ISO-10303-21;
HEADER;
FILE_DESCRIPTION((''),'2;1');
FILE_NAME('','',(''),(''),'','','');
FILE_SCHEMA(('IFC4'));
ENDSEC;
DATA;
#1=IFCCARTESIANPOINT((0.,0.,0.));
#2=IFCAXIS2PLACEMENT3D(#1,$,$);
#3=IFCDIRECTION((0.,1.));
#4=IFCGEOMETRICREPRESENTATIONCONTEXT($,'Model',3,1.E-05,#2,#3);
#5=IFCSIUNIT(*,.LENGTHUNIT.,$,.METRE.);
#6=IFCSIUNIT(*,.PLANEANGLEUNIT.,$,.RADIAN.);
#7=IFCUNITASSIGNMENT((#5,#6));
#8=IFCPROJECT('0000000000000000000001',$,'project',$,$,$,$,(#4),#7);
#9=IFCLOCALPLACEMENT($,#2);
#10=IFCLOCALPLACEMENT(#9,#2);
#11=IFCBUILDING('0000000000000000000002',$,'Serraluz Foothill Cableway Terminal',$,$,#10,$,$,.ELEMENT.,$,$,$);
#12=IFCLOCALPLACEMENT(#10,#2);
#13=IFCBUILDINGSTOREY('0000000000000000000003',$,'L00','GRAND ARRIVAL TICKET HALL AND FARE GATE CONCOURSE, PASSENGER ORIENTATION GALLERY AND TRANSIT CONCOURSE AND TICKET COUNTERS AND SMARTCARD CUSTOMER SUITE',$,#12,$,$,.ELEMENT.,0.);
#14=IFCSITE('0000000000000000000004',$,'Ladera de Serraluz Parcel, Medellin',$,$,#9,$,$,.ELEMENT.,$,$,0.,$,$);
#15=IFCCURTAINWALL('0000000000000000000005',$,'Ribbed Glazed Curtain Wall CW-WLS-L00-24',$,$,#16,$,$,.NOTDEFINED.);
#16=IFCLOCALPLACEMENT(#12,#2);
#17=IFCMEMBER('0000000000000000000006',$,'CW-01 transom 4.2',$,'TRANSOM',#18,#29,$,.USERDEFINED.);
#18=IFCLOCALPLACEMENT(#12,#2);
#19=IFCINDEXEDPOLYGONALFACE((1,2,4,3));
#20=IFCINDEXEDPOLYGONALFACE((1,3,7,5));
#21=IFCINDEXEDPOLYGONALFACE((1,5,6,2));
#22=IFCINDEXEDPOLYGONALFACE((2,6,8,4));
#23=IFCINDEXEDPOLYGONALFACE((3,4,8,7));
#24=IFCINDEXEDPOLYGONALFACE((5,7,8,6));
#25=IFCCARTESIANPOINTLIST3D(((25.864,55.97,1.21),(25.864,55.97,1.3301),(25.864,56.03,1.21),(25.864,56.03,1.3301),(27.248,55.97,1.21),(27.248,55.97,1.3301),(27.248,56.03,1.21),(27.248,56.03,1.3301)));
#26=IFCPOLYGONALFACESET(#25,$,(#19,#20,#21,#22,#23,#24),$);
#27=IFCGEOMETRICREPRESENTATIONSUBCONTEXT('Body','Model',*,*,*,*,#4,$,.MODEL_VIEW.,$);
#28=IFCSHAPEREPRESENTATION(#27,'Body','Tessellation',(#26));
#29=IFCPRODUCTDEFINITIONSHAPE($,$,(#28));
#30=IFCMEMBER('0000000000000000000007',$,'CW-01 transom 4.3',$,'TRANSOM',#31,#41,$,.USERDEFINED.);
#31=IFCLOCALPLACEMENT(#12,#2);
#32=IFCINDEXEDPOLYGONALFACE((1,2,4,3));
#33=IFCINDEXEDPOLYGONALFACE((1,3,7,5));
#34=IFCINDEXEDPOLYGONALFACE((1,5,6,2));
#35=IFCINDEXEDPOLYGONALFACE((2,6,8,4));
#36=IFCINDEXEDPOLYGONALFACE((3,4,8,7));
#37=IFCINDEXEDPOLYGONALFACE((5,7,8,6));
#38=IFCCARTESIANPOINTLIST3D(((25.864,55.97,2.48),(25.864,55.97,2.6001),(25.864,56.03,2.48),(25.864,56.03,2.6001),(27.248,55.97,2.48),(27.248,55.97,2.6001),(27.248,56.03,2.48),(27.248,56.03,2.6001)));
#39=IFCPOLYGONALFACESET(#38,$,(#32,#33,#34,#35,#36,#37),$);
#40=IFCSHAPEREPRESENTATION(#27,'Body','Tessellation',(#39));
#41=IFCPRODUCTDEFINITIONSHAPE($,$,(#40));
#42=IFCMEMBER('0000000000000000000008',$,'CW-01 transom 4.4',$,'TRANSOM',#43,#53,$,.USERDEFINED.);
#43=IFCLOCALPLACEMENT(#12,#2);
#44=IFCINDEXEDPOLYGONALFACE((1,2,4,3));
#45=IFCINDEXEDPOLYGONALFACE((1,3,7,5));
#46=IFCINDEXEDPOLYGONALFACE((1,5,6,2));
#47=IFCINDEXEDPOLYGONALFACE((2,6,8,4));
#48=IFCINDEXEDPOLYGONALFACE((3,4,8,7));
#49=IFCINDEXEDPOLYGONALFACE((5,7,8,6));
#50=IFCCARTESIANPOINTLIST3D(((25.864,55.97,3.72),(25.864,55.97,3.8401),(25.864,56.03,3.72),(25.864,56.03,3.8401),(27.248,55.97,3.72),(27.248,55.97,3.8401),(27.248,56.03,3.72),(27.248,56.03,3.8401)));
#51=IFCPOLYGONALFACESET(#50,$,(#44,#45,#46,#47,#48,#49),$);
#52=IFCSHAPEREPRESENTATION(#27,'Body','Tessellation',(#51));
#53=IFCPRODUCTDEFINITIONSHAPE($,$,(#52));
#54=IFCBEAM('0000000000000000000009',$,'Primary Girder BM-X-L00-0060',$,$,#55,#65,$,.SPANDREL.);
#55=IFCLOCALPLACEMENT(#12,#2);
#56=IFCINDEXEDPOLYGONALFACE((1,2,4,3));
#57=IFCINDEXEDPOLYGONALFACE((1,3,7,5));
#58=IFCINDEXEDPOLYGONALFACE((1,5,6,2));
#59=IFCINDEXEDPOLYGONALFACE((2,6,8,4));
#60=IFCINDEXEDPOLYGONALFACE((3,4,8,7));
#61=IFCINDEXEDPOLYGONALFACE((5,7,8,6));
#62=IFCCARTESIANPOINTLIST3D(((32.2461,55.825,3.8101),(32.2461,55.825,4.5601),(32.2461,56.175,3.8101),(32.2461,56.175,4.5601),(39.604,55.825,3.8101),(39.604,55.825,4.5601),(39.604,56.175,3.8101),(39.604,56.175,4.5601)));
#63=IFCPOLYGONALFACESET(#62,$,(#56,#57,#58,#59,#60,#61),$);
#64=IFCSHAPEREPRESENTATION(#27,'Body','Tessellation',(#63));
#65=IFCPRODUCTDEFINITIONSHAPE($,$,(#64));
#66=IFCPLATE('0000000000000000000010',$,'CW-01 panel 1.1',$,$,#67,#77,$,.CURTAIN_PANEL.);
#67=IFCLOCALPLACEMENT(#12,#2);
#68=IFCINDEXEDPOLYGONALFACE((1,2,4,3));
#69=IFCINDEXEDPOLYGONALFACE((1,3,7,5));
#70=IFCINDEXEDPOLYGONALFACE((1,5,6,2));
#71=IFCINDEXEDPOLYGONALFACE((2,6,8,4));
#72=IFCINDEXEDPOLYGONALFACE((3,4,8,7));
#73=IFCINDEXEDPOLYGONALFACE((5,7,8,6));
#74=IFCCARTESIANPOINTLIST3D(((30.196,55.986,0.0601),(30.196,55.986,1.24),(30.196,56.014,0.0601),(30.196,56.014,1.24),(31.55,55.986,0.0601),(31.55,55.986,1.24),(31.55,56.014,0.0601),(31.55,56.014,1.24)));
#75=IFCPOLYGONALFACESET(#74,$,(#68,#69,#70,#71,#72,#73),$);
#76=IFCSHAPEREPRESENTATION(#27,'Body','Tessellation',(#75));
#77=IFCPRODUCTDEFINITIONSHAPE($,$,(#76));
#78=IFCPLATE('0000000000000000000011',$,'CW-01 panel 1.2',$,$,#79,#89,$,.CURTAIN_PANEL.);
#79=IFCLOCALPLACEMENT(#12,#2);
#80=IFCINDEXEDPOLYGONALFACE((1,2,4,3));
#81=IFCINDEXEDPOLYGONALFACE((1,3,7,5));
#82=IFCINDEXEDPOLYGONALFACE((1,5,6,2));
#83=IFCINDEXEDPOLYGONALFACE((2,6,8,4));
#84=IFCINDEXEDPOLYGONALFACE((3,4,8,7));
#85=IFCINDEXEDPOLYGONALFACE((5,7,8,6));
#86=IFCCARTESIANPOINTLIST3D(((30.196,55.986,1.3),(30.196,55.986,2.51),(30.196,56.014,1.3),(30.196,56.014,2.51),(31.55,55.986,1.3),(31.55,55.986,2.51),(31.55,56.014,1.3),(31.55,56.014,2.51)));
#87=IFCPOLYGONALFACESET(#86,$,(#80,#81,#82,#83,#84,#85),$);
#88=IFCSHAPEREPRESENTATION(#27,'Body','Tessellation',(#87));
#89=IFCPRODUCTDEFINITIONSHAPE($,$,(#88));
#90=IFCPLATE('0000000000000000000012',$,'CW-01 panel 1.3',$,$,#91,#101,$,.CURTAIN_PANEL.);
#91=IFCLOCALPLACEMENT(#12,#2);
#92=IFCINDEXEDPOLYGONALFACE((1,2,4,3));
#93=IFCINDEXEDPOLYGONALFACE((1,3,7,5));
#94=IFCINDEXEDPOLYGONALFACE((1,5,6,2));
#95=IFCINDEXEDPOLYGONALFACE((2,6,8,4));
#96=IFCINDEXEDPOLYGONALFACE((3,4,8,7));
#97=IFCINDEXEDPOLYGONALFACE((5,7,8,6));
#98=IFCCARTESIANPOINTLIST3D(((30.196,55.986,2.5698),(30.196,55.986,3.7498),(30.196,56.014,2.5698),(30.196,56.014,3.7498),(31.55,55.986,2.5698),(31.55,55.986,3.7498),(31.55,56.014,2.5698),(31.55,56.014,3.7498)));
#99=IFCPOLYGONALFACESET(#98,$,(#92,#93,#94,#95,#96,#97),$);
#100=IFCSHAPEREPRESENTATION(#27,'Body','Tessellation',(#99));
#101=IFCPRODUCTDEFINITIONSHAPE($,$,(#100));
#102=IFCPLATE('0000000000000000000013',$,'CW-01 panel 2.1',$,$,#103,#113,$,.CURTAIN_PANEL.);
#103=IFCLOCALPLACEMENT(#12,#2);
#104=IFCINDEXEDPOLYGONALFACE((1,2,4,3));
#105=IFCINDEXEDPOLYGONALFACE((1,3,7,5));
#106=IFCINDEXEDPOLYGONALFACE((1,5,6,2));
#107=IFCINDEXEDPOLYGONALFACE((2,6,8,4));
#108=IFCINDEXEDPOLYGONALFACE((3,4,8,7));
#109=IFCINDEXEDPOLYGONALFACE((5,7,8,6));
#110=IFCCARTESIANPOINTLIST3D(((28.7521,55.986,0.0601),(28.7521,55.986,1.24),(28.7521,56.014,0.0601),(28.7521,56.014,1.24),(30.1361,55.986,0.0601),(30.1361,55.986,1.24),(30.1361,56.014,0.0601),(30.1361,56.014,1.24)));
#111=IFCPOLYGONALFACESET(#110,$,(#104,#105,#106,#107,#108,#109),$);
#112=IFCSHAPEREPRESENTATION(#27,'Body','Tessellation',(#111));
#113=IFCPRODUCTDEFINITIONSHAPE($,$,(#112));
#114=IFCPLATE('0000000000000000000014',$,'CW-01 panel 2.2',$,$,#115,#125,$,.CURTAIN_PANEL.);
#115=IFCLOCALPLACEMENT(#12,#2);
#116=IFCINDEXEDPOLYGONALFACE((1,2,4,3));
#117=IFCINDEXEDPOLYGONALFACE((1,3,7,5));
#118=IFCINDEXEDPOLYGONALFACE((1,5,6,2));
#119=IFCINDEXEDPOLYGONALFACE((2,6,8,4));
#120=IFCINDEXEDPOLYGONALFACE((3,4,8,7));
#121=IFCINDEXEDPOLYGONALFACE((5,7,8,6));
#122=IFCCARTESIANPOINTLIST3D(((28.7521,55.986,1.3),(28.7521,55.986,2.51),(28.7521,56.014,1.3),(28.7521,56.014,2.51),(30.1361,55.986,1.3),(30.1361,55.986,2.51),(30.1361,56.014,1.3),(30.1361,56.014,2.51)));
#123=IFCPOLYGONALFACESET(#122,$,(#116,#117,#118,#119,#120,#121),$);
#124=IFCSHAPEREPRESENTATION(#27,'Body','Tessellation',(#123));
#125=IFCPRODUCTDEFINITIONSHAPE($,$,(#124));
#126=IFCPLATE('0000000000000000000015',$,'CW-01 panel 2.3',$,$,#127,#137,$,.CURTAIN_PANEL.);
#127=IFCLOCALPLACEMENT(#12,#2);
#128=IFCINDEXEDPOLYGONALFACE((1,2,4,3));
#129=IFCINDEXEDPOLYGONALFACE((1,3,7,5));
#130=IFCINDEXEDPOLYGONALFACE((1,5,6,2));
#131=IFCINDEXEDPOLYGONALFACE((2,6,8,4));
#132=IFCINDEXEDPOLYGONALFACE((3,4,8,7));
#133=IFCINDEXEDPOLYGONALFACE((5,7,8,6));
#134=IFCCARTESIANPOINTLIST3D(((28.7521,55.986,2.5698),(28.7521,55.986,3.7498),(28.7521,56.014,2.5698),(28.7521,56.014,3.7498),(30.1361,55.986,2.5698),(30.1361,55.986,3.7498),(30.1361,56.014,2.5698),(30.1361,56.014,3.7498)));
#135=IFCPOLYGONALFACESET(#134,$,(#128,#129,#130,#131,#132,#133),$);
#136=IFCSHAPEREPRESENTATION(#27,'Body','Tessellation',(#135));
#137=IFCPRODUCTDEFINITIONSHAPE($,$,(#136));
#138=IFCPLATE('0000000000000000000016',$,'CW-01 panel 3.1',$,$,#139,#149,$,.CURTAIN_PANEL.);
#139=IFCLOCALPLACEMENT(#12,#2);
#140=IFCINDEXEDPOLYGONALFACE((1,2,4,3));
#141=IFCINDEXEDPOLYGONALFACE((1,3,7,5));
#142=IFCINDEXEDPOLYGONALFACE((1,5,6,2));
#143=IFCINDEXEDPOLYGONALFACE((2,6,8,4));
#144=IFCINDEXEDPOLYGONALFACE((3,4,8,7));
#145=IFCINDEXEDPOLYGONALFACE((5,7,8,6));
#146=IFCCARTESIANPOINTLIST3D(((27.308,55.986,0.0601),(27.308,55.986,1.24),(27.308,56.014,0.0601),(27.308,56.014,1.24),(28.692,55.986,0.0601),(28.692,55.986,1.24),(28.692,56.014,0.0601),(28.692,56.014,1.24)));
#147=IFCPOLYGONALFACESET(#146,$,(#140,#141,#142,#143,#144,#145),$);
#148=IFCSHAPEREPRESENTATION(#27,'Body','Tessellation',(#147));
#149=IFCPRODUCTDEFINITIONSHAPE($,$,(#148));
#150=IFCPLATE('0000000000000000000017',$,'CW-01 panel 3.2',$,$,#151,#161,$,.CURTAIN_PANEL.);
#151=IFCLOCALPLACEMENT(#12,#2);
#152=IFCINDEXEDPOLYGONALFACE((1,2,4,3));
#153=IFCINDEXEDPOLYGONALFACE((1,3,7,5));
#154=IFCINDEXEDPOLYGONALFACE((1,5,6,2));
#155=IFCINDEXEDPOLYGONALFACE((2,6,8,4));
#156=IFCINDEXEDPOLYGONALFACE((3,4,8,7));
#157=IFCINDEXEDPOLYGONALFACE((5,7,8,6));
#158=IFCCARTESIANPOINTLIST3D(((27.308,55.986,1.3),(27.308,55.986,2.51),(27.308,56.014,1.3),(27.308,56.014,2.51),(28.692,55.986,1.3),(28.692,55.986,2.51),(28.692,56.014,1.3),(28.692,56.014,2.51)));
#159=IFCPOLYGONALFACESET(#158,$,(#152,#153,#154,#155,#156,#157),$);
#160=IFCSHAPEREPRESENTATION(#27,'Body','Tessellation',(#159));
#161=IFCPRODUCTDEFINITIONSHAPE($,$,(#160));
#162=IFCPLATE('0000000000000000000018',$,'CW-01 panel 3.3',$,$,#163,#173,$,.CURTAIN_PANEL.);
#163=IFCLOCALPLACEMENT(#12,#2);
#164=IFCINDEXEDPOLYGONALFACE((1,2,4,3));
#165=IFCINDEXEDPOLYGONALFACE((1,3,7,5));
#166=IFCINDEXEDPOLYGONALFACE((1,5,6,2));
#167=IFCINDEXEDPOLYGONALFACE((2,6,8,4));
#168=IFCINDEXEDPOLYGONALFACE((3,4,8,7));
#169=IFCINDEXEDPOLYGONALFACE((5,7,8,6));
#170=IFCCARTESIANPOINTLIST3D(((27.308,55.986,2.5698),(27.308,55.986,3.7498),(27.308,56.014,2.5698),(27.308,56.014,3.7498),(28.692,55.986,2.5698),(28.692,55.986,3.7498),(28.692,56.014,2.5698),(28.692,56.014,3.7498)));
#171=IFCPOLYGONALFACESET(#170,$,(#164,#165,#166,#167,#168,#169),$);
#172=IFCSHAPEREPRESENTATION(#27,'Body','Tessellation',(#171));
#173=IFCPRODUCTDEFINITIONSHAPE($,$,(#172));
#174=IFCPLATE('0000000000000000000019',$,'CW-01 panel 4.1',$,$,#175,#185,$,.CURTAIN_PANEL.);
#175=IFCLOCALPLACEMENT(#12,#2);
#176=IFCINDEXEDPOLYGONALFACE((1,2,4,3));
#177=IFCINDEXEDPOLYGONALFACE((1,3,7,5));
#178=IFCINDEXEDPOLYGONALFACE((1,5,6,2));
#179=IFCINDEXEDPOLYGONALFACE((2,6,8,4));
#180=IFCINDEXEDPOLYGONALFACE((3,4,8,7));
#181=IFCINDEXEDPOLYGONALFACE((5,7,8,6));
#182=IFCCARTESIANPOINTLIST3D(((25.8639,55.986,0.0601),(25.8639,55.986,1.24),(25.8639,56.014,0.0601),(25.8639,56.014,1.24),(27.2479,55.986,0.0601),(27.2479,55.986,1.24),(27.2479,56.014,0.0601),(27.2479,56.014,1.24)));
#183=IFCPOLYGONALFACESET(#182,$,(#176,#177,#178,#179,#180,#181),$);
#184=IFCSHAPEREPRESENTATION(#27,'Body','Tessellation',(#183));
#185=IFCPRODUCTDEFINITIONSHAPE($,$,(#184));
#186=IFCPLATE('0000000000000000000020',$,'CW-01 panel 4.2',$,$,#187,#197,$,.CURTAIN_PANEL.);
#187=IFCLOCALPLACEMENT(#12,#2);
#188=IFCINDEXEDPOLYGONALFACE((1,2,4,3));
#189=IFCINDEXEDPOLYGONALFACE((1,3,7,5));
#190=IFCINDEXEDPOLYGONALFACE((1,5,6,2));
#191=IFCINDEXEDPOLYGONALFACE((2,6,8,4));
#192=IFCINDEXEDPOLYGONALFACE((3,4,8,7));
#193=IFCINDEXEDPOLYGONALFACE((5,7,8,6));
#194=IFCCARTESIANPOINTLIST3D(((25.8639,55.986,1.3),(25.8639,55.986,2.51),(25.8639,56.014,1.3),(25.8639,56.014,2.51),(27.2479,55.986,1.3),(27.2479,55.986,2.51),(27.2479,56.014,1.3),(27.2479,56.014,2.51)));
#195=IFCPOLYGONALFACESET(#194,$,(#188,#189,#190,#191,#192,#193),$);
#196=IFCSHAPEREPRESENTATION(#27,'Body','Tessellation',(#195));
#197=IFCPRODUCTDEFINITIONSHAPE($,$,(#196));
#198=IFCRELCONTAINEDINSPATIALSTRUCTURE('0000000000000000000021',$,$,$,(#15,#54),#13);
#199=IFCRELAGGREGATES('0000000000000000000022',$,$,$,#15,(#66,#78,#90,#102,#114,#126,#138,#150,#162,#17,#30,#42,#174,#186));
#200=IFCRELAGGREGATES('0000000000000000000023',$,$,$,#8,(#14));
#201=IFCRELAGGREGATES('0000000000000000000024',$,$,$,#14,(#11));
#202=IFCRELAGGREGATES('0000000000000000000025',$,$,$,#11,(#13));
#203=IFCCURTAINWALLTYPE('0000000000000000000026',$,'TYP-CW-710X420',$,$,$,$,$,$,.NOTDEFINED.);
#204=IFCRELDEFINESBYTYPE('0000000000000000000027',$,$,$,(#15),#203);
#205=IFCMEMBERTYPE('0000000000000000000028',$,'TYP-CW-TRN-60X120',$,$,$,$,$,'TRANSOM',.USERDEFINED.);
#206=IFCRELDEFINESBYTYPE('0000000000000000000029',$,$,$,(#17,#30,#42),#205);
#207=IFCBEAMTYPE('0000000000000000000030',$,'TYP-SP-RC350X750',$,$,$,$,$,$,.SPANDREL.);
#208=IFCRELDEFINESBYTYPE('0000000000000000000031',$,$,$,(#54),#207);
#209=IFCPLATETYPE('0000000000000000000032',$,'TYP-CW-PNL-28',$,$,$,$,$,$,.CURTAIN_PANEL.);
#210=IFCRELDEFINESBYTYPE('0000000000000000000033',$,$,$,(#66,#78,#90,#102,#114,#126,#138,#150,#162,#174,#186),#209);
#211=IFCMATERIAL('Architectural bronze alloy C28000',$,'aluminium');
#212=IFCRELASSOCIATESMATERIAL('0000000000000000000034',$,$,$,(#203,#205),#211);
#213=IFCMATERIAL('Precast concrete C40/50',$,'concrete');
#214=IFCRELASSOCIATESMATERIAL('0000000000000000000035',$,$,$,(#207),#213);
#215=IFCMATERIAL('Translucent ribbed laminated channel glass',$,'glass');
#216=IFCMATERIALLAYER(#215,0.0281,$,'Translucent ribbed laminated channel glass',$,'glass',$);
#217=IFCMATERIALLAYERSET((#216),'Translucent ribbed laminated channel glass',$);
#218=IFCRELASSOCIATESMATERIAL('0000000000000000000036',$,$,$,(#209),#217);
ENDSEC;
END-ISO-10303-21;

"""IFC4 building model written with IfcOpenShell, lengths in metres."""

from ifc_helpers import new_model, si_unit, direction, frame, origin, origin_2d, place, context, subcontext, project, spatial, rectangle, extrude, material, layer, layer_set, material_profile, profile_set, type_object, element, aggregate, save


model = new_model("IFC4")

# Units and contexts
model_context = context("Model", 3, precision=1e-05, world=origin(), true_north=direction((0.0, 1.0)))
body_context = subcontext(model_context, "Body", "Model", "MODEL_VIEW")
ifc_project = project(units=[si_unit("LENGTHUNIT", "METRE"), si_unit("PLANEANGLEUNIT", "RADIAN")], contexts=[model_context])

# Site, building, storey
site_placement = place(None, origin())
site = spatial("IfcSite", under=ifc_project, at=site_placement, Name="Ladera de Serraluz Parcel, Medellin", CompositionType="ELEMENT", RefElevation=0.0)
building_placement = place(site_placement, origin())
building = spatial("IfcBuilding", under=site, at=building_placement, Name="Serraluz Foothill Cableway Terminal", CompositionType="ELEMENT")
storey_placement = place(building_placement, origin())
storey = spatial("IfcBuildingStorey", under=building, at=storey_placement, Name="L00", Description="GRAND ARRIVAL TICKET HALL AND FARE GATE CONCOURSE, PASSENGER ORIENTATION GALLERY AND TRANSIT CONCOURSE AND TICKET COUNTERS AND SMARTCARD CUSTOMER SUITE", CompositionType="ELEMENT", Elevation=0.0)

# Curtain wall, members
ifc_material_1 = material(Name="Architectural bronze alloy C28000", Category="aluminium")
curtain_wall_type = type_object("IfcCurtainWallType", Name="TYP-CW-710X420", PredefinedType="NOTDEFINED", material=ifc_material_1)
curtain_wall_placement = place(storey_placement, origin())
curtain_wall = element("IfcCurtainWall", 1, at=curtain_wall_placement, inside=storey, type_object=curtain_wall_type, Name="Ribbed Glazed Curtain Wall CW-WLS-L00-24", PredefinedType="NOTDEFINED")
ifc_material_profile_1 = material_profile(ifc_material_1, rectangle(XDim=0.0601, YDim=0.1201, at=origin_2d()), Name="ALU TRANSOM 60x120")
ifc_profile_set_1 = profile_set([ifc_material_profile_1], Name="Architectural bronze alloy C28000")
member_type_1 = type_object("IfcMemberType", Name="TYP-CW-TRN-60X120", ElementType="TRANSOM", PredefinedType="USERDEFINED", material=ifc_profile_set_1)
member_1_placement = place(storey_placement, frame((27.248, 56.0, 1.27), z_axis=(-1.0, 0.0, 0.0), x_axis=(0.0, -1.0, 0.0)))
member_1 = element("IfcMember", 2, at=member_1_placement, type_object=member_type_1, Name="CW-01 transom 4.2", ObjectType="TRANSOM", PredefinedType="USERDEFINED", context=body_context, shape_type="SweptSolid", body=[
    extrude(rectangle(XDim=0.0601, YDim=0.1201, at=origin_2d()), origin(), (0.0, 0.0, 1.0), 1.384),
])
member_2_placement = place(storey_placement, frame((27.248, 56.0, 2.54), z_axis=(-1.0, 0.0, 0.0), x_axis=(0.0, -1.0, 0.0)))
member_2 = element("IfcMember", 3, at=member_2_placement, type_object=member_type_1, Name="CW-01 transom 4.3", ObjectType="TRANSOM", PredefinedType="USERDEFINED", context=body_context, shape_type="SweptSolid", body=[
    extrude(rectangle(XDim=0.0601, YDim=0.1201, at=origin_2d()), origin(), (0.0, 0.0, 1.0), 1.384),
])
member_3_placement = place(storey_placement, frame((27.248, 56.0, 3.78), z_axis=(-1.0, 0.0, 0.0), x_axis=(0.0, -1.0, 0.0)))
member_3 = element("IfcMember", 4, at=member_3_placement, type_object=member_type_1, Name="CW-01 transom 4.4", ObjectType="TRANSOM", PredefinedType="USERDEFINED", context=body_context, shape_type="SweptSolid", body=[
    extrude(rectangle(XDim=0.0601, YDim=0.1201, at=origin_2d()), origin(), (0.0, 0.0, 1.0), 1.384),
])

# Beam
ifc_material_2 = material(Name="Precast concrete C40/50", Category="concrete")
ifc_material_profile_2 = material_profile(ifc_material_2, rectangle(XDim=0.3501, YDim=0.75, at=origin_2d()), Name="RC SP 350x750")
ifc_profile_set_2 = profile_set([ifc_material_profile_2], Name="Precast concrete C40/50")
beam_type_1 = type_object("IfcBeamType", Name="TYP-SP-RC350X750", PredefinedType="SPANDREL", material=ifc_profile_set_2)
beam_1_placement = place(storey_placement, frame((32.2461, 56.0, 4.1851), z_axis=(1.0, 0.0, 0.0), x_axis=(0.0, 1.0, 0.0)))
element("IfcBeam", 5, at=beam_1_placement, inside=storey, type_object=beam_type_1, Name="Primary Girder BM-X-L00-0060", PredefinedType="SPANDREL", context=body_context, shape_type="SweptSolid", body=[
    extrude(rectangle(XDim=0.3501, YDim=0.75, at=origin_2d()), origin(), (0.0, 0.0, 1.0), 7.3579),
])

# Plates
ifc_material_3 = material(Name="Translucent ribbed laminated channel glass", Category="glass")
ifc_layer_1 = layer(ifc_material_3, 0.0281, Name="Translucent ribbed laminated channel glass", Category="glass")
ifc_layer_set_1 = layer_set([ifc_layer_1], Name="Translucent ribbed laminated channel glass")
plate_type = type_object("IfcPlateType", Name="TYP-CW-PNL-28", PredefinedType="CURTAIN_PANEL", material=ifc_layer_set_1)
plate_1_placement = place(storey_placement, frame((30.873, 56.0, 0.0601), z_axis=(0.0, 0.0, 1.0), x_axis=(-1.0, 0.0, 0.0)))
plate_1 = element("IfcPlate", 6, at=plate_1_placement, type_object=plate_type, Name="CW-01 panel 1.1", PredefinedType="CURTAIN_PANEL", context=body_context, shape_type="SweptSolid", body=[
    extrude(rectangle(XDim=1.354, YDim=0.0281, at=origin_2d()), origin(), (0.0, 0.0, 1.0), 1.1799),
])
plate_2_placement = place(storey_placement, frame((30.873, 56.0, 1.3), z_axis=(0.0, 0.0, 1.0), x_axis=(-1.0, 0.0, 0.0)))
plate_2 = element("IfcPlate", 7, at=plate_2_placement, type_object=plate_type, Name="CW-01 panel 1.2", PredefinedType="CURTAIN_PANEL", context=body_context, shape_type="SweptSolid", body=[
    extrude(rectangle(XDim=1.354, YDim=0.0281, at=origin_2d()), origin(), (0.0, 0.0, 1.0), 1.21),
])
plate_3_placement = place(storey_placement, frame((30.873, 56.0, 2.5698), z_axis=(0.0, 0.0, 1.0), x_axis=(-1.0, 0.0, 0.0)))
plate_3 = element("IfcPlate", 8, at=plate_3_placement, type_object=plate_type, Name="CW-01 panel 1.3", PredefinedType="CURTAIN_PANEL", context=body_context, shape_type="SweptSolid", body=[
    extrude(rectangle(XDim=1.354, YDim=0.0281, at=origin_2d()), origin(), (0.0, 0.0, 1.0), 1.1799),
])
plate_4_placement = place(storey_placement, frame((29.4441, 56.0, 0.0601), z_axis=(0.0, 0.0, 1.0), x_axis=(-1.0, 0.0, 0.0)))
plate_4 = element("IfcPlate", 9, at=plate_4_placement, type_object=plate_type, Name="CW-01 panel 2.1", PredefinedType="CURTAIN_PANEL", context=body_context, shape_type="SweptSolid", body=[
    extrude(rectangle(XDim=1.384, YDim=0.0281, at=origin_2d()), origin(), (0.0, 0.0, 1.0), 1.1799),
])
plate_5_placement = place(storey_placement, frame((29.4441, 56.0, 1.3), z_axis=(0.0, 0.0, 1.0), x_axis=(-1.0, 0.0, 0.0)))
plate_5 = element("IfcPlate", 10, at=plate_5_placement, type_object=plate_type, Name="CW-01 panel 2.2", PredefinedType="CURTAIN_PANEL", context=body_context, shape_type="SweptSolid", body=[
    extrude(rectangle(XDim=1.384, YDim=0.0281, at=origin_2d()), origin(), (0.0, 0.0, 1.0), 1.21),
])
plate_6_placement = place(storey_placement, frame((29.4441, 56.0, 2.5698), z_axis=(0.0, 0.0, 1.0), x_axis=(-1.0, 0.0, 0.0)))
plate_6 = element("IfcPlate", 11, at=plate_6_placement, type_object=plate_type, Name="CW-01 panel 2.3", PredefinedType="CURTAIN_PANEL", context=body_context, shape_type="SweptSolid", body=[
    extrude(rectangle(XDim=1.384, YDim=0.0281, at=origin_2d()), origin(), (0.0, 0.0, 1.0), 1.1799),
])
plate_7_placement = place(storey_placement, frame((28.0, 56.0, 0.0601), z_axis=(0.0, 0.0, 1.0), x_axis=(-1.0, 0.0, 0.0)))
plate_7 = element("IfcPlate", 12, at=plate_7_placement, type_object=plate_type, Name="CW-01 panel 3.1", PredefinedType="CURTAIN_PANEL", context=body_context, shape_type="SweptSolid", body=[
    extrude(rectangle(XDim=1.384, YDim=0.0281, at=origin_2d()), origin(), (0.0, 0.0, 1.0), 1.1799),
])
plate_8_placement = place(storey_placement, frame((28.0, 56.0, 1.3), z_axis=(0.0, 0.0, 1.0), x_axis=(-1.0, 0.0, 0.0)))
plate_8 = element("IfcPlate", 13, at=plate_8_placement, type_object=plate_type, Name="CW-01 panel 3.2", PredefinedType="CURTAIN_PANEL", context=body_context, shape_type="SweptSolid", body=[
    extrude(rectangle(XDim=1.384, YDim=0.0281, at=origin_2d()), origin(), (0.0, 0.0, 1.0), 1.21),
])
plate_9_placement = place(storey_placement, frame((28.0, 56.0, 2.5698), z_axis=(0.0, 0.0, 1.0), x_axis=(-1.0, 0.0, 0.0)))
plate_9 = element("IfcPlate", 14, at=plate_9_placement, type_object=plate_type, Name="CW-01 panel 3.3", PredefinedType="CURTAIN_PANEL", context=body_context, shape_type="SweptSolid", body=[
    extrude(rectangle(XDim=1.384, YDim=0.0281, at=origin_2d()), origin(), (0.0, 0.0, 1.0), 1.1799),
])
plate_10_placement = place(storey_placement, frame((26.5559, 56.0, 0.0601), z_axis=(0.0, 0.0, 1.0), x_axis=(-1.0, 0.0, 0.0)))
plate_10 = element("IfcPlate", 15, at=plate_10_placement, type_object=plate_type, Name="CW-01 panel 4.1", PredefinedType="CURTAIN_PANEL", context=body_context, shape_type="SweptSolid", body=[
    extrude(rectangle(XDim=1.384, YDim=0.0281, at=origin_2d()), origin(), (0.0, 0.0, 1.0), 1.1799),
])
plate_11_placement = place(storey_placement, frame((26.5559, 56.0, 1.3), z_axis=(0.0, 0.0, 1.0), x_axis=(-1.0, 0.0, 0.0)))
plate_11 = element("IfcPlate", 16, at=plate_11_placement, type_object=plate_type, Name="CW-01 panel 4.2", PredefinedType="CURTAIN_PANEL", context=body_context, shape_type="SweptSolid", body=[
    extrude(rectangle(XDim=1.384, YDim=0.0281, at=origin_2d()), origin(), (0.0, 0.0, 1.0), 1.21),
])
aggregate(curtain_wall, [plate_1, plate_2, plate_3, plate_4, plate_5, plate_6, plate_7, plate_8, plate_9, member_1, member_2, member_3, plate_10, plate_11])

save(model, "model.ifc")
